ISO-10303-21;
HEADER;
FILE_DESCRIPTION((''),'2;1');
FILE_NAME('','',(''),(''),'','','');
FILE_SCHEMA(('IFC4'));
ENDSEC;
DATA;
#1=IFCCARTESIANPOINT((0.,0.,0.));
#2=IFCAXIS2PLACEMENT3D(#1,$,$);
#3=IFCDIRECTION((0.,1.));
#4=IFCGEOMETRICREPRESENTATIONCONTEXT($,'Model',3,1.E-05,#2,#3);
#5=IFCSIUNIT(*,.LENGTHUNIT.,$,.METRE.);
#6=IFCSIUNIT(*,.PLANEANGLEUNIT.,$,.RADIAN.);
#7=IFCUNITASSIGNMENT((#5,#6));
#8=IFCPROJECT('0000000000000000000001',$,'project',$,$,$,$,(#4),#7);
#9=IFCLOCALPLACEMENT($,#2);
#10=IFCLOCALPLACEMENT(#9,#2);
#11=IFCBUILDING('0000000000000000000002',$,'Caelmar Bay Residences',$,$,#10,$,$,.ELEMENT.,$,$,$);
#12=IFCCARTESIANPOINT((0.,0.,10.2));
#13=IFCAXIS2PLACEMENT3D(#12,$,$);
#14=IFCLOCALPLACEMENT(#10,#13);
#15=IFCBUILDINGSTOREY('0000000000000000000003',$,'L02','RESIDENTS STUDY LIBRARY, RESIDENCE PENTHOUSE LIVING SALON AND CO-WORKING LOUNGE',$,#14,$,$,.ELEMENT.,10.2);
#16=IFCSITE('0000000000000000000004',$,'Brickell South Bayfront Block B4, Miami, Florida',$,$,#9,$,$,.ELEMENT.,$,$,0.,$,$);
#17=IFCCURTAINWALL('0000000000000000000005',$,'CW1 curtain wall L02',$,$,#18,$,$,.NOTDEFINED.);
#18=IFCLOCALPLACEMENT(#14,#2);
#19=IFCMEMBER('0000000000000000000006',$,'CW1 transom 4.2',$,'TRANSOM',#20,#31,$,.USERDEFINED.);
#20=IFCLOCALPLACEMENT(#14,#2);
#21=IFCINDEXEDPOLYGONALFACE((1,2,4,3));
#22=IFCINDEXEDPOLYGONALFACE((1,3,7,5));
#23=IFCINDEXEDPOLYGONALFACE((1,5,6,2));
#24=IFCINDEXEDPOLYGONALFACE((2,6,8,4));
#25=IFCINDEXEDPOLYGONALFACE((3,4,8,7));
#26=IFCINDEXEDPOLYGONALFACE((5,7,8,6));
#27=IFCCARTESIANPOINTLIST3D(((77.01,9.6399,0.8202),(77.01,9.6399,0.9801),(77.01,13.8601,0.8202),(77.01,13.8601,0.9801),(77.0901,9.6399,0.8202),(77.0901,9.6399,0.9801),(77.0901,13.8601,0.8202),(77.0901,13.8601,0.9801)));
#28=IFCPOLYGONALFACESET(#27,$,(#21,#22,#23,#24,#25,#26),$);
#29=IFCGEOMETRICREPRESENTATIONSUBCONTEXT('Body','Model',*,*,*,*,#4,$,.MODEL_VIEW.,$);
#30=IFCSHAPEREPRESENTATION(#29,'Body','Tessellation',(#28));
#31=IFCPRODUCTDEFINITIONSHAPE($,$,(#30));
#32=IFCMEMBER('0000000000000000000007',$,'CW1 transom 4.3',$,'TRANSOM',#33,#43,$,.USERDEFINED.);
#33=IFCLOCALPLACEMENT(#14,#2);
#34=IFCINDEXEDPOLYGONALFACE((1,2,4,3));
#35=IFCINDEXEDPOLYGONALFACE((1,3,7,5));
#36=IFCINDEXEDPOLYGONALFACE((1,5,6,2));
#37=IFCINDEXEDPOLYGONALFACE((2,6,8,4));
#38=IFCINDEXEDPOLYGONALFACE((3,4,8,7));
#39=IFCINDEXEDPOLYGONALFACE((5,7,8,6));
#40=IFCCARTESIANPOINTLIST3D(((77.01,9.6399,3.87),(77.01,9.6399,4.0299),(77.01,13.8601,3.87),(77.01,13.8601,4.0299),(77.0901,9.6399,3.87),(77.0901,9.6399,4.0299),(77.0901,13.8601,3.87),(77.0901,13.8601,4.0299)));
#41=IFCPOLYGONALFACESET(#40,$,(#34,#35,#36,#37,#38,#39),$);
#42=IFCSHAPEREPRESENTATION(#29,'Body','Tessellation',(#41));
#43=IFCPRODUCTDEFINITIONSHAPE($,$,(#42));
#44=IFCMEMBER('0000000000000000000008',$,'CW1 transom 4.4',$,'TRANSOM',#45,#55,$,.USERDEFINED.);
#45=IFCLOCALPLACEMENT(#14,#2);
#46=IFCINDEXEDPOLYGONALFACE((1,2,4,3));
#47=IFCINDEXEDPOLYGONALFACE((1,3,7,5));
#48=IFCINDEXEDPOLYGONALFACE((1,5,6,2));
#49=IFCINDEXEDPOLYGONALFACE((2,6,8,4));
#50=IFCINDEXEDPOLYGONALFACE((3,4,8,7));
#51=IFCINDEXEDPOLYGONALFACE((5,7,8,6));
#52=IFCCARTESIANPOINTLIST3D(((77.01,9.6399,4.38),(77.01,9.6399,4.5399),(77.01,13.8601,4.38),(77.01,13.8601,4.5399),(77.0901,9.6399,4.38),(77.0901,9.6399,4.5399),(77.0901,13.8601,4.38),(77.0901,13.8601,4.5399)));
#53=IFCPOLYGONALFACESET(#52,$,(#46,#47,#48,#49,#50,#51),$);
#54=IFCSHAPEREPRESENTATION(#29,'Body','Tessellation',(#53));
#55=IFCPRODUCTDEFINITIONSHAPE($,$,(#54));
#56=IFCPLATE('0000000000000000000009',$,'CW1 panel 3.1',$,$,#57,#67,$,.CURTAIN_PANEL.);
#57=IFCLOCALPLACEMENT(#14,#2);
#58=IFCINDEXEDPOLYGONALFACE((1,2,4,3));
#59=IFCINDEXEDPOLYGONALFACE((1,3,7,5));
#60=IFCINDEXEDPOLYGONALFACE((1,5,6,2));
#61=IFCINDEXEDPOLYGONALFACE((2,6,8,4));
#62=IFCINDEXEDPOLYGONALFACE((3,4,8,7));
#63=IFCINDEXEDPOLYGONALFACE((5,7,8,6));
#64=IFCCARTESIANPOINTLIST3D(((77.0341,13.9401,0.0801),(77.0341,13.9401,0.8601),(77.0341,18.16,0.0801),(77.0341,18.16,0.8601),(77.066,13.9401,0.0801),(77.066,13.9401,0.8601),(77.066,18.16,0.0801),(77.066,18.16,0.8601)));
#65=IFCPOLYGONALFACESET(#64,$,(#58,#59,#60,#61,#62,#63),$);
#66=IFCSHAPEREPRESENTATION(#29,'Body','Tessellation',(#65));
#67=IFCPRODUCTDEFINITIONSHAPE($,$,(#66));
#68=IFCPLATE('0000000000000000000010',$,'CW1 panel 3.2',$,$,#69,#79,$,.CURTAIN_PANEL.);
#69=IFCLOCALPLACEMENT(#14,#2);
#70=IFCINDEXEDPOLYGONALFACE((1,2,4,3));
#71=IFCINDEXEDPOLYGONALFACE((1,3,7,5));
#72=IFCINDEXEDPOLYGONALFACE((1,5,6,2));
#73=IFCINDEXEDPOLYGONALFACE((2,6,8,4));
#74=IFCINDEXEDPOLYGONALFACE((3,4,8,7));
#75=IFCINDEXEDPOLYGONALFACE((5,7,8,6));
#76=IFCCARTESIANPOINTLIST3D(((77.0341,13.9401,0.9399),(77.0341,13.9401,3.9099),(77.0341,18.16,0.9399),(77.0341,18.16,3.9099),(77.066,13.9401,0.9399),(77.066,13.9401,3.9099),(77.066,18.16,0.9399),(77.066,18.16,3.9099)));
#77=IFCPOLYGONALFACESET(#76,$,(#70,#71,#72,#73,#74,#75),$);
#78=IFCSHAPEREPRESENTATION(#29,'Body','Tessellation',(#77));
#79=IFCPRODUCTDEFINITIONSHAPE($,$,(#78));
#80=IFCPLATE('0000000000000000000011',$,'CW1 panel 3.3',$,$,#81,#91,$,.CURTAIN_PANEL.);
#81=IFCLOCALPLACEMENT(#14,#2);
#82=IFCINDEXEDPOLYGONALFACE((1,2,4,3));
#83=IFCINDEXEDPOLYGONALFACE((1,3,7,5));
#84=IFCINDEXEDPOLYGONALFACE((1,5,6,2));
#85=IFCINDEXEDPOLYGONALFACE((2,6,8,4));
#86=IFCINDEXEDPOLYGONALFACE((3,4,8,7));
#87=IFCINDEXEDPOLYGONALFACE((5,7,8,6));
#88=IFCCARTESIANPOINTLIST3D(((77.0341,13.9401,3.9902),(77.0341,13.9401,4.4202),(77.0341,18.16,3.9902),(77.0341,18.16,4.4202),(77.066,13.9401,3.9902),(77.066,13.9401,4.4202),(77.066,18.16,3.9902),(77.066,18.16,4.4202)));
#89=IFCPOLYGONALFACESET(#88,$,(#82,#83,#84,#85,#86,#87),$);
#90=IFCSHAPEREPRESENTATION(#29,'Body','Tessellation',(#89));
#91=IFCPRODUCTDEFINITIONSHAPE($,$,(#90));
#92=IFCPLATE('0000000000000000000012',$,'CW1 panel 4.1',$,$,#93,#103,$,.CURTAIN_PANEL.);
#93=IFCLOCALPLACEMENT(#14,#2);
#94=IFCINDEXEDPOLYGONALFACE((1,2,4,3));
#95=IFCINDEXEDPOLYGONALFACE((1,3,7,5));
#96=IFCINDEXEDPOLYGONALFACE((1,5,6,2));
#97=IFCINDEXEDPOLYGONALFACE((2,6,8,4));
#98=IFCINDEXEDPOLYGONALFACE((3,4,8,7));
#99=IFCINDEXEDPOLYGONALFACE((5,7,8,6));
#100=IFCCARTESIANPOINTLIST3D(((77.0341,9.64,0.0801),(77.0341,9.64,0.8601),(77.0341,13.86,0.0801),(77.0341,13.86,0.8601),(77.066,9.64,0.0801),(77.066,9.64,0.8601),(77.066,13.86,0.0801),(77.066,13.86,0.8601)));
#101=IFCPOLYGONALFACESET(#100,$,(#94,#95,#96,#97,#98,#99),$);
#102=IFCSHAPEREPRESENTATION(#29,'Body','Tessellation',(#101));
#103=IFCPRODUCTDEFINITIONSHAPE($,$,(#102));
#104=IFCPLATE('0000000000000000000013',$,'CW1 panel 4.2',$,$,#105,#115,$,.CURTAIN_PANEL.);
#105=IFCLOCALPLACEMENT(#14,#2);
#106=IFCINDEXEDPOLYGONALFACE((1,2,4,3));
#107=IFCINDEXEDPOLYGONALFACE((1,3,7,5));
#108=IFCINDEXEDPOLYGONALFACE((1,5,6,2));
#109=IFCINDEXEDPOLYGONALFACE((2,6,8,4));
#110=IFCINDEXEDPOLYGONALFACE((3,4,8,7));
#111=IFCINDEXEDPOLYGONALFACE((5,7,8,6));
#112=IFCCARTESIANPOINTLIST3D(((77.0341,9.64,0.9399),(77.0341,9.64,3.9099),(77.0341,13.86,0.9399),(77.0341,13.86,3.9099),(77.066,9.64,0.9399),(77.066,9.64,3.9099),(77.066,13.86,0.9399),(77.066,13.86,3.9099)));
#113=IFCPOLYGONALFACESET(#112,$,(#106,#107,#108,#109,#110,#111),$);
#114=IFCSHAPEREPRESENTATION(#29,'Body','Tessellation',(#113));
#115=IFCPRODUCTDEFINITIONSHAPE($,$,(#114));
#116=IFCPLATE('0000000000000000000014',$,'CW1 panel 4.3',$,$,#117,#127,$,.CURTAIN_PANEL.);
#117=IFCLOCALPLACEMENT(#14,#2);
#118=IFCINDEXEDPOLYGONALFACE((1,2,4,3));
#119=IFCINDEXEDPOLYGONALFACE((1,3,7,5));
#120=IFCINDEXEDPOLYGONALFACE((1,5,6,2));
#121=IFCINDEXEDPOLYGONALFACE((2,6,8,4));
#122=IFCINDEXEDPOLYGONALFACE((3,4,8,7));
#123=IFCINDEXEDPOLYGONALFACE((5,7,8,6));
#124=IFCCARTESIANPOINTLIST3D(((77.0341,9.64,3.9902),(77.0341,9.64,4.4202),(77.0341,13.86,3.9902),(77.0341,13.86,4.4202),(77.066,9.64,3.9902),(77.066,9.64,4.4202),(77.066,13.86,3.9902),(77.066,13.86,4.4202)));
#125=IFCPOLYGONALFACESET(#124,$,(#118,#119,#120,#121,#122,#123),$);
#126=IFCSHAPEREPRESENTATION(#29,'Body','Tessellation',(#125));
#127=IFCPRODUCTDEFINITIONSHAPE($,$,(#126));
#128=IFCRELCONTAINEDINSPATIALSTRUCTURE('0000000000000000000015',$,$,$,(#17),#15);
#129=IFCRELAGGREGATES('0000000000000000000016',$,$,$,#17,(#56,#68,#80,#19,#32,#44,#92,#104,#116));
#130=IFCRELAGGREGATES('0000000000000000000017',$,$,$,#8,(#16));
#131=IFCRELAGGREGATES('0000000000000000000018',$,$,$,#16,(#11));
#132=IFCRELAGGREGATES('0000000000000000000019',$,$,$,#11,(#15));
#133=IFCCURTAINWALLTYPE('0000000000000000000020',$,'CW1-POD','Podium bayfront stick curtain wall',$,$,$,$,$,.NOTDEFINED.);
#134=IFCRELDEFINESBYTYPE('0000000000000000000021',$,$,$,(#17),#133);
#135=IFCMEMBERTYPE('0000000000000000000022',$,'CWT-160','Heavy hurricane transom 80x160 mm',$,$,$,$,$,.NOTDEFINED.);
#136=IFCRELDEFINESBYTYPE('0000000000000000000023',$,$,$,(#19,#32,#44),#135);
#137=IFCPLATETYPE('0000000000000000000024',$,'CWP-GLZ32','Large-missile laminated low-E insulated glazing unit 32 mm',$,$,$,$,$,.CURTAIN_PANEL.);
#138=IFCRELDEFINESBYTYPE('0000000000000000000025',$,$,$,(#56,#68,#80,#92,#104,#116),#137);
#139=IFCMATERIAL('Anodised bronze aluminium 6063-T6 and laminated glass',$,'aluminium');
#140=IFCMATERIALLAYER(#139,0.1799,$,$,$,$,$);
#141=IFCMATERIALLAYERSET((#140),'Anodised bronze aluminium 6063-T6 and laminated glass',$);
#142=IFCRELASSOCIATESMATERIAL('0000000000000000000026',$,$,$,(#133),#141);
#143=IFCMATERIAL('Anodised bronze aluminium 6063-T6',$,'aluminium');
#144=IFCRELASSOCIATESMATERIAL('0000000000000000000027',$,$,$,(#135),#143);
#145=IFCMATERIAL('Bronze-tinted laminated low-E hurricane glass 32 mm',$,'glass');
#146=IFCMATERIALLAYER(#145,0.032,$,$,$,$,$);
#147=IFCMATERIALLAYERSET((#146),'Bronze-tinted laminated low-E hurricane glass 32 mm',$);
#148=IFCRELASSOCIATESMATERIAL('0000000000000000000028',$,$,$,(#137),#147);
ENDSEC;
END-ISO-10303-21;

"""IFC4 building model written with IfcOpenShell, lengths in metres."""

from ifc_helpers import new_model, si_unit, direction, frame, origin, origin_2d, place, context, subcontext, project, spatial, rectangle, extrude, material, layer, layer_set, material_profile, profile_set, type_object, element, aggregate, save


model = new_model("IFC4")

# Units and contexts
model_context = context("Model", 3, precision=1e-05, world=origin(), true_north=direction((0.0, 1.0)))
body_context = subcontext(model_context, "Body", "Model", "MODEL_VIEW")
ifc_project = project(units=[si_unit("LENGTHUNIT", "METRE"), si_unit("PLANEANGLEUNIT", "RADIAN")], contexts=[model_context])

# Site, building, storey
site_placement = place(None, origin())
site = spatial("IfcSite", under=ifc_project, at=site_placement, Name="Brickell South Bayfront Block B4, Miami, Florida", CompositionType="ELEMENT", RefElevation=0.0)
building_placement = place(site_placement, origin())
building = spatial("IfcBuilding", under=site, at=building_placement, Name="Caelmar Bay Residences", CompositionType="ELEMENT")
storey_placement = place(building_placement, frame((0.0, 0.0, 10.2)))
storey = spatial("IfcBuildingStorey", under=building, at=storey_placement, Name="L02", Description="RESIDENTS STUDY LIBRARY, RESIDENCE PENTHOUSE LIVING SALON AND CO-WORKING LOUNGE", CompositionType="ELEMENT", Elevation=10.2)

# Curtain wall, members, plates
ifc_material_1 = material(Name="Anodised bronze aluminium 6063-T6 and laminated glass", Category="aluminium")
ifc_layer_1 = layer(ifc_material_1, 0.1799)
ifc_layer_set_1 = layer_set([ifc_layer_1], Name="Anodised bronze aluminium 6063-T6 and laminated glass")
curtain_wall_type = type_object("IfcCurtainWallType", Name="CW1-POD", Description="Podium bayfront stick curtain wall", PredefinedType="NOTDEFINED", material=ifc_layer_set_1)
curtain_wall_placement = place(storey_placement, origin())
curtain_wall = element("IfcCurtainWall", 1, at=curtain_wall_placement, inside=storey, type_object=curtain_wall_type, Name="CW1 curtain wall L02", PredefinedType="NOTDEFINED")
ifc_material_2 = material(Name="Anodised bronze aluminium 6063-T6", Category="aluminium")
ifc_material_profile_1 = material_profile(ifc_material_2, rectangle(XDim=0.0801, YDim=0.1599, at=origin_2d()), Name="CWT-80X160")
ifc_profile_set_1 = profile_set([ifc_material_profile_1], Name="Anodised bronze aluminium 6063-T6")
member_type_1 = type_object("IfcMemberType", Name="CWT-160", Description="Heavy hurricane transom 80x160 mm", PredefinedType="NOTDEFINED", material=ifc_profile_set_1)
member_1_placement = place(storey_placement, frame((77.05, 13.8601, 0.9001), z_axis=(0.0, -1.0, 0.0), x_axis=(1.0, 0.0, 0.0)))
member_1 = element("IfcMember", 2, at=member_1_placement, type_object=member_type_1, Name="CW1 transom 4.2", ObjectType="TRANSOM", PredefinedType="USERDEFINED", context=body_context, shape_type="SweptSolid", body=[
    extrude(rectangle(XDim=0.0801, YDim=0.1599, at=origin_2d()), origin(), (0.0, 0.0, 1.0), 4.2202),
])
member_2_placement = place(storey_placement, frame((77.05, 13.8601, 3.95), z_axis=(0.0, -1.0, 0.0), x_axis=(1.0, 0.0, 0.0)))
member_2 = element("IfcMember", 3, at=member_2_placement, type_object=member_type_1, Name="CW1 transom 4.3", ObjectType="TRANSOM", PredefinedType="USERDEFINED", context=body_context, shape_type="SweptSolid", body=[
    extrude(rectangle(XDim=0.0801, YDim=0.1599, at=origin_2d()), origin(), (0.0, 0.0, 1.0), 4.2202),
])
member_3_placement = place(storey_placement, frame((77.05, 13.8601, 4.46), z_axis=(0.0, -1.0, 0.0), x_axis=(1.0, 0.0, 0.0)))
member_3 = element("IfcMember", 4, at=member_3_placement, type_object=member_type_1, Name="CW1 transom 4.4", ObjectType="TRANSOM", PredefinedType="USERDEFINED", context=body_context, shape_type="SweptSolid", body=[
    extrude(rectangle(XDim=0.0801, YDim=0.1599, at=origin_2d()), origin(), (0.0, 0.0, 1.0), 4.2202),
])
ifc_material_3 = material(Name="Bronze-tinted laminated low-E hurricane glass 32 mm", Category="glass")
ifc_layer_2 = layer(ifc_material_3, 0.032)
ifc_layer_set_2 = layer_set([ifc_layer_2], Name="Bronze-tinted laminated low-E hurricane glass 32 mm")
plate_type = type_object("IfcPlateType", Name="CWP-GLZ32", Description="Large-missile laminated low-E insulated glazing unit 32 mm", PredefinedType="CURTAIN_PANEL", material=ifc_layer_set_2)
plate_1_placement = place(storey_placement, frame((77.05, 16.05, 0.0801), z_axis=(0.0, 0.0, 1.0), x_axis=(0.0, -1.0, 0.0)))
plate_1 = element("IfcPlate", 5, at=plate_1_placement, type_object=plate_type, Name="CW1 panel 3.1", PredefinedType="CURTAIN_PANEL", context=body_context, shape_type="SweptSolid", body=[
    extrude(rectangle(XDim=4.22, YDim=0.032, at=origin_2d()), origin(), (0.0, 0.0, 1.0), 0.78),
])
plate_2_placement = place(storey_placement, frame((77.05, 16.05, 0.9399), z_axis=(0.0, 0.0, 1.0), x_axis=(0.0, -1.0, 0.0)))
plate_2 = element("IfcPlate", 6, at=plate_2_placement, type_object=plate_type, Name="CW1 panel 3.2", PredefinedType="CURTAIN_PANEL", context=body_context, shape_type="SweptSolid", body=[
    extrude(rectangle(XDim=4.22, YDim=0.032, at=origin_2d()), origin(), (0.0, 0.0, 1.0), 2.97),
])
plate_3_placement = place(storey_placement, frame((77.05, 16.05, 3.9902), z_axis=(0.0, 0.0, 1.0), x_axis=(0.0, -1.0, 0.0)))
plate_3 = element("IfcPlate", 7, at=plate_3_placement, type_object=plate_type, Name="CW1 panel 3.3", PredefinedType="CURTAIN_PANEL", context=body_context, shape_type="SweptSolid", body=[
    extrude(rectangle(XDim=4.22, YDim=0.032, at=origin_2d()), origin(), (0.0, 0.0, 1.0), 0.4299),
])
plate_4_placement = place(storey_placement, frame((77.05, 11.75, 0.0801), z_axis=(0.0, 0.0, 1.0), x_axis=(0.0, -1.0, 0.0)))
plate_4 = element("IfcPlate", 8, at=plate_4_placement, type_object=plate_type, Name="CW1 panel 4.1", PredefinedType="CURTAIN_PANEL", context=body_context, shape_type="SweptSolid", body=[
    extrude(rectangle(XDim=4.22, YDim=0.032, at=origin_2d()), origin(), (0.0, 0.0, 1.0), 0.78),
])
plate_5_placement = place(storey_placement, frame((77.05, 11.75, 0.9399), z_axis=(0.0, 0.0, 1.0), x_axis=(0.0, -1.0, 0.0)))
plate_5 = element("IfcPlate", 9, at=plate_5_placement, type_object=plate_type, Name="CW1 panel 4.2", PredefinedType="CURTAIN_PANEL", context=body_context, shape_type="SweptSolid", body=[
    extrude(rectangle(XDim=4.22, YDim=0.032, at=origin_2d()), origin(), (0.0, 0.0, 1.0), 2.97),
])
plate_6_placement = place(storey_placement, frame((77.05, 11.75, 3.9902), z_axis=(0.0, 0.0, 1.0), x_axis=(0.0, -1.0, 0.0)))
plate_6 = element("IfcPlate", 10, at=plate_6_placement, type_object=plate_type, Name="CW1 panel 4.3", PredefinedType="CURTAIN_PANEL", context=body_context, shape_type="SweptSolid", body=[
    extrude(rectangle(XDim=4.22, YDim=0.032, at=origin_2d()), origin(), (0.0, 0.0, 1.0), 0.4299),
])
aggregate(curtain_wall, [plate_1, plate_2, plate_3, member_1, member_2, member_3, plate_4, plate_5, plate_6])

save(model, "model.ifc")
